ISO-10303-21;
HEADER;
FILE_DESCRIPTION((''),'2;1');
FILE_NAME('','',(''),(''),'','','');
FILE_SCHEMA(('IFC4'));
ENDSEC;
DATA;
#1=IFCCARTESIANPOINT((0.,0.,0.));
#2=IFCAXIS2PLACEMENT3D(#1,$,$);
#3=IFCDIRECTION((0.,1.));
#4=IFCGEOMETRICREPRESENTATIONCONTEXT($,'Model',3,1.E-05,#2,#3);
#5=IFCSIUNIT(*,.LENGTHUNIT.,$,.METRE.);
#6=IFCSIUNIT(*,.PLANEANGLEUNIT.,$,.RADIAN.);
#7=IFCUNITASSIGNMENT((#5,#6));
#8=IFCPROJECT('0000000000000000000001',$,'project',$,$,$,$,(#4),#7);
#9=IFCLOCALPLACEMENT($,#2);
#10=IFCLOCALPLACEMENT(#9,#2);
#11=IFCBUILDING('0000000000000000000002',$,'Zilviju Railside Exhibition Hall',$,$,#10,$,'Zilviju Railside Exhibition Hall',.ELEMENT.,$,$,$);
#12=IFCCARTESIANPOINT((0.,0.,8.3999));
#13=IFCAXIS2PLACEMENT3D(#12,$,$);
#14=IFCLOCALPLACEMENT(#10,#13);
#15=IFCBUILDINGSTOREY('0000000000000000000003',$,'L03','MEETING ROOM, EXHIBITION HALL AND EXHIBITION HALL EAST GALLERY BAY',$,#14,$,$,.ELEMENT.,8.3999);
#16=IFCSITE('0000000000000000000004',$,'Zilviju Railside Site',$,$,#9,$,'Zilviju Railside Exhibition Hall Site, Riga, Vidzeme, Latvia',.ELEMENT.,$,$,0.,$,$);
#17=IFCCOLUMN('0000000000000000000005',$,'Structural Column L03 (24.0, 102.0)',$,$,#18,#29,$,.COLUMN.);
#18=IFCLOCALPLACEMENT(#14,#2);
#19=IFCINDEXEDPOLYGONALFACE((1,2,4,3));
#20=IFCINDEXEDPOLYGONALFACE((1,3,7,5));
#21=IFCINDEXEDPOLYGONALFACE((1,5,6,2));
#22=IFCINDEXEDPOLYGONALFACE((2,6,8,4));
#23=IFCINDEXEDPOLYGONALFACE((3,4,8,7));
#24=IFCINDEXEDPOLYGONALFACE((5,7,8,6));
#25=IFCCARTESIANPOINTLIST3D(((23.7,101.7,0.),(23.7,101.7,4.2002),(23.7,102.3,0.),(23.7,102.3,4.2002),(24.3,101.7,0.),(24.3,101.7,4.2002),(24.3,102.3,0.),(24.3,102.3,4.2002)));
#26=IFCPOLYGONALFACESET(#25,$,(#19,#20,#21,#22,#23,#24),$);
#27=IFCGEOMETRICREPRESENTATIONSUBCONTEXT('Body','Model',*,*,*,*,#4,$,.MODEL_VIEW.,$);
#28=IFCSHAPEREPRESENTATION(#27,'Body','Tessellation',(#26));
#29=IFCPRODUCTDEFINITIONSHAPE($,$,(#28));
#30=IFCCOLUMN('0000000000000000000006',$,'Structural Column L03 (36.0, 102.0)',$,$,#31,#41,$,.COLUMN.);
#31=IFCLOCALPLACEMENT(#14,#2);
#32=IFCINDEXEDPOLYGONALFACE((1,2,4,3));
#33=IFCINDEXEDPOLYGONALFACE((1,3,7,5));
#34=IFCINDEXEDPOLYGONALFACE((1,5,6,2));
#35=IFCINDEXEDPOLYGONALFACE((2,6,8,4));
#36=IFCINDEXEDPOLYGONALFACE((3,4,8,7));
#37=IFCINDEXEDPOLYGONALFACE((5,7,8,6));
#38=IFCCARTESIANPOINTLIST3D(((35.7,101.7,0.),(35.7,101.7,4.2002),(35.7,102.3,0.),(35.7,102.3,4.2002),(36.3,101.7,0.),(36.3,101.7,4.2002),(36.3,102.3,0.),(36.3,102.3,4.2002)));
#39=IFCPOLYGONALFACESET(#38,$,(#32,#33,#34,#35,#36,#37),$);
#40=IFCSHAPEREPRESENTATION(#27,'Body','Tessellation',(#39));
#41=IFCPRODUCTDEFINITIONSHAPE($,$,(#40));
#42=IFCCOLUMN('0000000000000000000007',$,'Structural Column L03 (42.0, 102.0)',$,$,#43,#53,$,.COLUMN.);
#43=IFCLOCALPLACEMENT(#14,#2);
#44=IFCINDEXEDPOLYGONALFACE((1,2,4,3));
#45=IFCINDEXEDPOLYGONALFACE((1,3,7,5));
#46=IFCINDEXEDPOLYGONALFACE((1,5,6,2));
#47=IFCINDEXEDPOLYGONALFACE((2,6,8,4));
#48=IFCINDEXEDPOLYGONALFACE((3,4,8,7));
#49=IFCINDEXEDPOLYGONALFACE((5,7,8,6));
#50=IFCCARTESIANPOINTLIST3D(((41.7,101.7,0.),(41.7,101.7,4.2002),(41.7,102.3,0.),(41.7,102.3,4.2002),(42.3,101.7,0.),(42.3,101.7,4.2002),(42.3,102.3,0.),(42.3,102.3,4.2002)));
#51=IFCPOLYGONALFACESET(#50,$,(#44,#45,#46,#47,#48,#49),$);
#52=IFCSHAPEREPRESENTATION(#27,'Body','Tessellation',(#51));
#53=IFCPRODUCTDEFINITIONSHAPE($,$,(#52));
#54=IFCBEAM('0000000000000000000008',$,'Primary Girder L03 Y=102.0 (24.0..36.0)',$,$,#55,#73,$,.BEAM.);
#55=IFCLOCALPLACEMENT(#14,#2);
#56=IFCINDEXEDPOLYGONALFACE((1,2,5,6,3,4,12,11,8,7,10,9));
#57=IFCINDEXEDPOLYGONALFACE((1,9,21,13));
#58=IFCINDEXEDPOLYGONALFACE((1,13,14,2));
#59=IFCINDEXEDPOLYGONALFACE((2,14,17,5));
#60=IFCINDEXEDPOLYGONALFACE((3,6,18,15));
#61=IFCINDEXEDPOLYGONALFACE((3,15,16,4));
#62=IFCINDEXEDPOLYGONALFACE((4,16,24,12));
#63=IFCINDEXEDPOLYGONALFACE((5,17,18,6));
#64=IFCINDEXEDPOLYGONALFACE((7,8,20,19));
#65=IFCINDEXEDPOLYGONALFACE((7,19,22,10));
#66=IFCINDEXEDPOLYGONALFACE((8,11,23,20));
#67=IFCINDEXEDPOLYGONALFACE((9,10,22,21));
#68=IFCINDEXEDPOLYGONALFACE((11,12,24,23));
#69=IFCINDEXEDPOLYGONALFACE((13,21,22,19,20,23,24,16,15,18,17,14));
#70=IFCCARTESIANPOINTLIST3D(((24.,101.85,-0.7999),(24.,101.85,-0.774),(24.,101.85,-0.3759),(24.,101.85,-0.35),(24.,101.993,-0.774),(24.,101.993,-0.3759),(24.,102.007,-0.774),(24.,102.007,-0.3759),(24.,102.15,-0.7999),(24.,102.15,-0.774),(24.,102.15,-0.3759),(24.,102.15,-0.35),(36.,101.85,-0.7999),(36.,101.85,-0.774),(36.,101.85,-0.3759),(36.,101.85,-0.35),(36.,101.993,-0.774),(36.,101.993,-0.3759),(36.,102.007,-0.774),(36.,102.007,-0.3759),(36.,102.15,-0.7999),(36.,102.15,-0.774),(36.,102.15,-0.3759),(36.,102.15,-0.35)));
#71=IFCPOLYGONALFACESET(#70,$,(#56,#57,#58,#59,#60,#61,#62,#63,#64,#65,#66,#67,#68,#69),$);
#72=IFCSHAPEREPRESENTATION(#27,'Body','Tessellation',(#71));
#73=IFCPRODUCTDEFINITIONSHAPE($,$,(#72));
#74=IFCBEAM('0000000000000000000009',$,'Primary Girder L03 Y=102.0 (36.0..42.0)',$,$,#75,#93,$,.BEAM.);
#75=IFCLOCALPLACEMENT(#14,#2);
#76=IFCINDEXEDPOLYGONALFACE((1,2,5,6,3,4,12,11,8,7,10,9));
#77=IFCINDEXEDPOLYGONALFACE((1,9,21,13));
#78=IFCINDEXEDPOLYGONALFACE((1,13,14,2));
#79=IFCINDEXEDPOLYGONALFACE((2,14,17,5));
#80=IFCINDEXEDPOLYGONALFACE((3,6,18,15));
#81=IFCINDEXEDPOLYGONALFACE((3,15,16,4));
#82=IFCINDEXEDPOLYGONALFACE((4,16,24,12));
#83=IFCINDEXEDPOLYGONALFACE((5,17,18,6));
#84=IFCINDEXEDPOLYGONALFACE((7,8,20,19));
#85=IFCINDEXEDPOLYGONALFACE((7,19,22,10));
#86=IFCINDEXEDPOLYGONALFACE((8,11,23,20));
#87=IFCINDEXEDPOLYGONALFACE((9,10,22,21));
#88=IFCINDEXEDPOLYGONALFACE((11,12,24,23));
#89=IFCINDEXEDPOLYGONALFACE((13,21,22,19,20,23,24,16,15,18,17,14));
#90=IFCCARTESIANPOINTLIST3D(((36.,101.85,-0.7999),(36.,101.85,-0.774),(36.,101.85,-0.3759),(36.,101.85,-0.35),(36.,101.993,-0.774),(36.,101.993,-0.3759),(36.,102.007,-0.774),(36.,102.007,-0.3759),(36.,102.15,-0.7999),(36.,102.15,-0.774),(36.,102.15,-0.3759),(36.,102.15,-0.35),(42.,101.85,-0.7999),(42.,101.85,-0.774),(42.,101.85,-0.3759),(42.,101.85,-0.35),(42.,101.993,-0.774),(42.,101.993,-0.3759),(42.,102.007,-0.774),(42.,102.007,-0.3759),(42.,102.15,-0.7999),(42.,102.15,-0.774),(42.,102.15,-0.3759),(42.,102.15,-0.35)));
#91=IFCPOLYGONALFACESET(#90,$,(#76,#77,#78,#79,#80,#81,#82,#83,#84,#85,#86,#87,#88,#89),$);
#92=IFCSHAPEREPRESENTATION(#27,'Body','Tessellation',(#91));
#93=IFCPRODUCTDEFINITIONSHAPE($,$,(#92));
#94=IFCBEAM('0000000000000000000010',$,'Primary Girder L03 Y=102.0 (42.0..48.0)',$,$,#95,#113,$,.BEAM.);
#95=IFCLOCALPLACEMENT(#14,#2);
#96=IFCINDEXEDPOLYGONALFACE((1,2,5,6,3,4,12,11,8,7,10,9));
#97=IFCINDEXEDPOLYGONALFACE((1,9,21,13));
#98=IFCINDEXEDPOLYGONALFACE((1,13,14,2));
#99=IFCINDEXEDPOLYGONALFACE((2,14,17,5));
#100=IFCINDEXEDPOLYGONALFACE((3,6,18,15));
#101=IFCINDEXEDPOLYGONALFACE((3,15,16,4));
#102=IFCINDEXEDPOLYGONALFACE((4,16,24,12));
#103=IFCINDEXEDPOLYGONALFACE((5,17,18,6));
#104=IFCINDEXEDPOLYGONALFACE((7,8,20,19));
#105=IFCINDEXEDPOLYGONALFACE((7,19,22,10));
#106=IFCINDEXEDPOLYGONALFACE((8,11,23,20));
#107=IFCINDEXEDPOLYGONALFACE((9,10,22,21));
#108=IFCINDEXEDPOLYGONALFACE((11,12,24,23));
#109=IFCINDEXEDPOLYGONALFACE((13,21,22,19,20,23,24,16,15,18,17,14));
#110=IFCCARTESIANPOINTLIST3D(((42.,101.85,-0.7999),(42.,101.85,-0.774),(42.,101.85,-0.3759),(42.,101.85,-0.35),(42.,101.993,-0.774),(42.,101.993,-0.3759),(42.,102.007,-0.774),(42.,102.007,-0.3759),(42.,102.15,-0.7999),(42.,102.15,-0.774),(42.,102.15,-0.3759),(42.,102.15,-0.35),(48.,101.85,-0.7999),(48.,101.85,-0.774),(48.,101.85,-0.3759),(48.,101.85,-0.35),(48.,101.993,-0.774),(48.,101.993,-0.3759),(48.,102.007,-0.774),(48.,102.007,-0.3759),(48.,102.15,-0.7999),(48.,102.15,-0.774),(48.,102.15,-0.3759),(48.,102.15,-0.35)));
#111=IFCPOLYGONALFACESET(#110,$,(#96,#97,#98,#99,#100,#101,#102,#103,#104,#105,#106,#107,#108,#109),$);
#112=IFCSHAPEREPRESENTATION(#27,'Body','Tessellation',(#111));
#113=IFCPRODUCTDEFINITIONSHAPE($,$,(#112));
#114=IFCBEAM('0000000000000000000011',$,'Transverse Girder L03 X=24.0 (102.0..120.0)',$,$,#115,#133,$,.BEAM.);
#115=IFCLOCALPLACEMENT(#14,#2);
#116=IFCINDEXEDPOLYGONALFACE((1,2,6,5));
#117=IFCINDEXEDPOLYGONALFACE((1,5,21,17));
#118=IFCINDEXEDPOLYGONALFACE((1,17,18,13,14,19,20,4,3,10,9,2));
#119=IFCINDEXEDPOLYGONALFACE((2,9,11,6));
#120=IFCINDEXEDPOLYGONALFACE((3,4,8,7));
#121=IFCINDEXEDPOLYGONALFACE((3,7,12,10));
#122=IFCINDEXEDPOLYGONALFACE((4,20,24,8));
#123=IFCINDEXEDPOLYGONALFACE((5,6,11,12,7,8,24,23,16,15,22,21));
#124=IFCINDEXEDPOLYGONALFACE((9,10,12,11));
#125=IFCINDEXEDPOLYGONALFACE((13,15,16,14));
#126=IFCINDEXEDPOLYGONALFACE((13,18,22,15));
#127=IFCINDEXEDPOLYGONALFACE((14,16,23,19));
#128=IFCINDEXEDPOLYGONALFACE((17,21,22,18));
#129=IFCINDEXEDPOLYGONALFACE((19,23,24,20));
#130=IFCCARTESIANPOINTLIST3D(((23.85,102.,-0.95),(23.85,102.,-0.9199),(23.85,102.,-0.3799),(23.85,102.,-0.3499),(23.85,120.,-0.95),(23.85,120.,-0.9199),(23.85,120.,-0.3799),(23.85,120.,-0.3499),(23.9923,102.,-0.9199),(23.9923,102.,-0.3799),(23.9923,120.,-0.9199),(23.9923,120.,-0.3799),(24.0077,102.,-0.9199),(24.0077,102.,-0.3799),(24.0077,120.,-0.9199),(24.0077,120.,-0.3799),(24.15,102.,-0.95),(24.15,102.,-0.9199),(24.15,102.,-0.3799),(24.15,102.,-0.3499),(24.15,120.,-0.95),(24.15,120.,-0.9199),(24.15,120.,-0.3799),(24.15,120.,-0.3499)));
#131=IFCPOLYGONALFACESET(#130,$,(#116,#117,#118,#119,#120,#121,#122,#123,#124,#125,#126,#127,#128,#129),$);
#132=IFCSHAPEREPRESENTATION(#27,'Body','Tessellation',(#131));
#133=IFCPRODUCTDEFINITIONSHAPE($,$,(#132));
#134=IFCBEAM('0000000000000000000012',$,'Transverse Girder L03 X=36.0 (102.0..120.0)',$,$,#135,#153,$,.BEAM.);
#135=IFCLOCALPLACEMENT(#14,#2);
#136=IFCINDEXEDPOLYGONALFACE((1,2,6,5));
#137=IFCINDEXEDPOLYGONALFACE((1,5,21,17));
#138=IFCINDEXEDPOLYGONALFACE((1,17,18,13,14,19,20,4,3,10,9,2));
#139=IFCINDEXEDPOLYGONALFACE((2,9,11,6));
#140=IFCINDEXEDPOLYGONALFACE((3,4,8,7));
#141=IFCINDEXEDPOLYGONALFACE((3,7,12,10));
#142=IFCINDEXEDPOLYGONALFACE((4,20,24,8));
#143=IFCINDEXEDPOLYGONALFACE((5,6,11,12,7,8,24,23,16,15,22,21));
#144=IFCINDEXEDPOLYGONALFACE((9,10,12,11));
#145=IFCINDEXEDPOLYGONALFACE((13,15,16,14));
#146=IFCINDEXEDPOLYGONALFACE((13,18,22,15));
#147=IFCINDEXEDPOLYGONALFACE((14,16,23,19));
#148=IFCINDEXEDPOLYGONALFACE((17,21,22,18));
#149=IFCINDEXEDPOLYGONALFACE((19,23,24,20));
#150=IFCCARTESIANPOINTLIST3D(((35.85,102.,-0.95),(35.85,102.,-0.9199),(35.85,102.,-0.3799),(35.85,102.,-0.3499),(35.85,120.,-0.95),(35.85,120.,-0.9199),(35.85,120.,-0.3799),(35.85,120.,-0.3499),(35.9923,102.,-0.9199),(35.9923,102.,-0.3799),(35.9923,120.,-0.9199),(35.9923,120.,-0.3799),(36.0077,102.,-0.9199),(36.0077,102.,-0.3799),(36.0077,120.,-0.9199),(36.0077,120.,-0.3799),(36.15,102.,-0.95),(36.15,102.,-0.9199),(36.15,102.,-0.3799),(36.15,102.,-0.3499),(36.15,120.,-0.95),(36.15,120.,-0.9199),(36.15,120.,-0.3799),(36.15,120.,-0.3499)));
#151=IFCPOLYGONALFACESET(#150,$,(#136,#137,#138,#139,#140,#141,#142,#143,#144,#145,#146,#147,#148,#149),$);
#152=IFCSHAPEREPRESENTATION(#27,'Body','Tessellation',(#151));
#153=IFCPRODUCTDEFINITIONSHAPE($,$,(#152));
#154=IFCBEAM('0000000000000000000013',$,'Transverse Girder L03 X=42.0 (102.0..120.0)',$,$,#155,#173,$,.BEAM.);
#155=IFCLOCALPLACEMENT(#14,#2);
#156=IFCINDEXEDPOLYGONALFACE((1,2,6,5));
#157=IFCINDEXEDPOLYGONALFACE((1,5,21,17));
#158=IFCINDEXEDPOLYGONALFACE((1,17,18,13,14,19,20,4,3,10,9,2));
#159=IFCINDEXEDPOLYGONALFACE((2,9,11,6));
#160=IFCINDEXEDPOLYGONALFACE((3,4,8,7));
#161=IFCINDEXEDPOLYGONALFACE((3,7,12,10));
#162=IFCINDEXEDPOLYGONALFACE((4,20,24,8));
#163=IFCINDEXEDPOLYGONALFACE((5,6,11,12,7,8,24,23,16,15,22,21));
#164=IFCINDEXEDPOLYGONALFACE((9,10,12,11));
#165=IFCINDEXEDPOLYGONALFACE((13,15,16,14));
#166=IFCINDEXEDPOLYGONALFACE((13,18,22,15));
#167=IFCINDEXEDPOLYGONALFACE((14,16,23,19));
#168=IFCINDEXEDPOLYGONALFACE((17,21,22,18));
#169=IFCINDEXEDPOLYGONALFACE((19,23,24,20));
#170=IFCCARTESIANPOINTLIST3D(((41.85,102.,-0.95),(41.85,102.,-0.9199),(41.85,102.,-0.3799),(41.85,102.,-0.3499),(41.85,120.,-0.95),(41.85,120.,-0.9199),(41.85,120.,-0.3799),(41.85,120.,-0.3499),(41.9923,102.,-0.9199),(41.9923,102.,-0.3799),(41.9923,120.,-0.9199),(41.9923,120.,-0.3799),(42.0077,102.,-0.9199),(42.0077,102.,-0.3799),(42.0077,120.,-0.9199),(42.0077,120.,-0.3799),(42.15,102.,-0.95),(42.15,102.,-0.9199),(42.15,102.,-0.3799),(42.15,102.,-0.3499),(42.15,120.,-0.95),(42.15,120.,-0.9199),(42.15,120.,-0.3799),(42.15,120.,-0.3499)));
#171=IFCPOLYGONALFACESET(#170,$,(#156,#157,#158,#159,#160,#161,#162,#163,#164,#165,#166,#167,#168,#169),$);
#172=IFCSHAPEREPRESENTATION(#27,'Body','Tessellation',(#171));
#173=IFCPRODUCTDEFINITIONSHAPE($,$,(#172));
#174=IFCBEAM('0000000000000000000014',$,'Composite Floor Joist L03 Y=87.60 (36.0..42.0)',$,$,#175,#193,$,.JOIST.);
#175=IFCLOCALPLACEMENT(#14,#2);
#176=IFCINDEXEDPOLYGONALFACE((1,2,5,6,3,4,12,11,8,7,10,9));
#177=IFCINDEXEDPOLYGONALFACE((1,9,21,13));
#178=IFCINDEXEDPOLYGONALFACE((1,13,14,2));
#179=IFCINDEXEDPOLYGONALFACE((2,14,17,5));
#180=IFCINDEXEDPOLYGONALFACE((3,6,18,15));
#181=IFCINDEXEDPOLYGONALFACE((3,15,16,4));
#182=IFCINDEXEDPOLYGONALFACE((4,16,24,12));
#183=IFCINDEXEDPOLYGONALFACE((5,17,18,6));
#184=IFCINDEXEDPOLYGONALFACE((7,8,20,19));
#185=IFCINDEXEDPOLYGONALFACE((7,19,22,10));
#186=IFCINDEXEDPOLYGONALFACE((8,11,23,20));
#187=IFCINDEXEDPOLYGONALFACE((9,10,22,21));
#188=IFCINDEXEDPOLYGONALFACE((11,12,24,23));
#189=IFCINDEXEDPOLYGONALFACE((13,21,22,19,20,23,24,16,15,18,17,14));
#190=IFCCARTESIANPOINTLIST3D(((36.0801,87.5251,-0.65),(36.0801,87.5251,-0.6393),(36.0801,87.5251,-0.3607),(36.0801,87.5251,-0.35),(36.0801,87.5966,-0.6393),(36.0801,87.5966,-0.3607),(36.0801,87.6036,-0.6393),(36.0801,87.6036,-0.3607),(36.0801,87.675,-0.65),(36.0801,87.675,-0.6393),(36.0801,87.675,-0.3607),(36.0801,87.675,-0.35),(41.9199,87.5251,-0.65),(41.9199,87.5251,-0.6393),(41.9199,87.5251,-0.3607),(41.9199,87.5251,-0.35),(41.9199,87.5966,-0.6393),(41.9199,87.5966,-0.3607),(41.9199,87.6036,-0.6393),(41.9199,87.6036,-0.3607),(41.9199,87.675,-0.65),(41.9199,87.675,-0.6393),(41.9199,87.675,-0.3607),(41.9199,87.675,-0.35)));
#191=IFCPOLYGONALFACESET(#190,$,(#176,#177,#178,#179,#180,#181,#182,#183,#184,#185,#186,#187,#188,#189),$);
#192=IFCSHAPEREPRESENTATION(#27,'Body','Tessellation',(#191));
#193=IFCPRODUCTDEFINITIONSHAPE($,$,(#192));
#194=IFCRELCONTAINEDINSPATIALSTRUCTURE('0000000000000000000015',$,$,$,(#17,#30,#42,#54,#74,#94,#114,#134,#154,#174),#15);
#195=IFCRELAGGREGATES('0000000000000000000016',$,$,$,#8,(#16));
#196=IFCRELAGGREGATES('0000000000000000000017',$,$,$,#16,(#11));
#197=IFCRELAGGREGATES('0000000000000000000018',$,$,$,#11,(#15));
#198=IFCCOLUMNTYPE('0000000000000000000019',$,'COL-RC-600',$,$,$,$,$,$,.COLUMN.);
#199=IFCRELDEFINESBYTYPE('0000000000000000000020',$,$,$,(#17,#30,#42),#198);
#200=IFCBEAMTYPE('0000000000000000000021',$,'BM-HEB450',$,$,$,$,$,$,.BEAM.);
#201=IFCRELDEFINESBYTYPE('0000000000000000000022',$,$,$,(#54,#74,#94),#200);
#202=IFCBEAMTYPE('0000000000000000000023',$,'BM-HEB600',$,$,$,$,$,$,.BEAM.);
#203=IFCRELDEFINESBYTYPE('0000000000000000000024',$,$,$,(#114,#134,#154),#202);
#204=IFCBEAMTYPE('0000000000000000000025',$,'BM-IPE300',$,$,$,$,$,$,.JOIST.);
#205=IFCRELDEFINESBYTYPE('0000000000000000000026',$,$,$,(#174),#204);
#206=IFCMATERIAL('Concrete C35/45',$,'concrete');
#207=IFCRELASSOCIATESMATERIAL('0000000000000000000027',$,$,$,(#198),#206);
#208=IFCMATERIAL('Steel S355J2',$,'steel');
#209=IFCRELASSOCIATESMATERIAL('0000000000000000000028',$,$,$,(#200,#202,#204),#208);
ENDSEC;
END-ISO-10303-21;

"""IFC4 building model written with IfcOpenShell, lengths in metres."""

from ifc_helpers import new_model, si_unit, direction, frame, origin, origin_2d, place, context, subcontext, project, spatial, rectangle, i_section, extrude, material, material_profile, profile_set, type_object, element, save


model = new_model("IFC4")

# Units and contexts
model_context = context("Model", 3, precision=1e-05, world=origin(), true_north=direction((0.0, 1.0)))
body_context = subcontext(model_context, "Body", "Model", "MODEL_VIEW")
ifc_project = project(units=[si_unit("LENGTHUNIT", "METRE"), si_unit("PLANEANGLEUNIT", "RADIAN")], contexts=[model_context])

# Site, building, storey
site_placement = place(None, origin())
site = spatial("IfcSite", under=ifc_project, at=site_placement, Name="Zilviju Railside Site", LongName="Zilviju Railside Exhibition Hall Site, Riga, Vidzeme, Latvia", CompositionType="ELEMENT", RefElevation=0.0)
building_placement = place(site_placement, origin())
building = spatial("IfcBuilding", under=site, at=building_placement, Name="Zilviju Railside Exhibition Hall", LongName="Zilviju Railside Exhibition Hall", CompositionType="ELEMENT")
storey_placement = place(building_placement, frame((0.0, 0.0, 8.3999)))
storey = spatial("IfcBuildingStorey", under=building, at=storey_placement, Name="L03", Description="MEETING ROOM, EXHIBITION HALL AND EXHIBITION HALL EAST GALLERY BAY", CompositionType="ELEMENT", Elevation=8.3999)

# Columns
ifc_material_1 = material(Name="Concrete C35/45", Category="concrete")
ifc_material_profile_1 = material_profile(ifc_material_1, rectangle(XDim=0.6001, YDim=0.6001, at=origin_2d()), Name="RC COL 600x600")
ifc_profile_set_1 = profile_set([ifc_material_profile_1], Name="Concrete C35/45")
column_type = type_object("IfcColumnType", Name="COL-RC-600", PredefinedType="COLUMN", material=ifc_profile_set_1)
for number, where, z_axis, x_axis, name in (
    (1, (24.0, 102.0, 0.0), (0.0, 0.0, 1.0), (1.0, 0.0, 0.0), "Structural Column L03 (24.0, 102.0)"),
    (2, (36.0, 102.0, 0.0), (0.0, 0.0, 1.0), (1.0, 0.0, 0.0), "Structural Column L03 (36.0, 102.0)"),
    (3, (42.0, 102.0, 0.0), (0.0, 0.0, 1.0), (1.0, 0.0, 0.0), "Structural Column L03 (42.0, 102.0)"),
):
    element("IfcColumn", number, at=place(storey_placement, frame(where, z_axis=z_axis, x_axis=x_axis)), inside=storey, type_object=column_type, Name=name, PredefinedType="COLUMN", context=body_context, shape_type="SweptSolid", body=[
        extrude(rectangle(XDim=0.6001, YDim=0.6001, at=origin_2d()), origin(), (0.0, 0.0, 1.0), 4.2002),
    ])

# Beams
ifc_material_2 = material(Name="Steel S355J2", Category="steel")
ifc_material_profile_2 = material_profile(ifc_material_2, i_section(OverallWidth=0.3, OverallDepth=0.45, WebThickness=0.0139, FlangeThickness=0.0259, at=origin_2d()), Name="HEB 450")
ifc_profile_set_2 = profile_set([ifc_material_profile_2], Name="Steel S355J2")
beam_type_1 = type_object("IfcBeamType", Name="BM-HEB450", PredefinedType="BEAM", material=ifc_profile_set_2)
beam_placement = place(storey_placement, frame((24.0, 102.0, -0.575), z_axis=(1.0, 0.0, 0.0), x_axis=(0.0, 1.0, 0.0)))
element("IfcBeam", 4, at=beam_placement, inside=storey, type_object=beam_type_1, Name="Primary Girder L03 Y=102.0 (24.0..36.0)", PredefinedType="BEAM", context=body_context, shape_type="SweptSolid", body=[
    extrude(i_section(OverallWidth=0.3, OverallDepth=0.45, WebThickness=0.0139, FlangeThickness=0.0259, at=origin_2d()), origin(), (0.0, 0.0, 1.0), 12.0),
])
for number, where, z_axis, x_axis, name in (
    (5, (36.0, 102.0, -0.575), (1.0, 0.0, 0.0), (0.0, 1.0, 0.0), "Primary Girder L03 Y=102.0 (36.0..42.0)"),
    (6, (42.0, 102.0, -0.575), (1.0, 0.0, 0.0), (0.0, 1.0, 0.0), "Primary Girder L03 Y=102.0 (42.0..48.0)"),
):
    element("IfcBeam", number, at=place(storey_placement, frame(where, z_axis=z_axis, x_axis=x_axis)), inside=storey, type_object=beam_type_1, Name=name, PredefinedType="BEAM", context=body_context, shape_type="SweptSolid", body=[
        extrude(i_section(OverallWidth=0.3, OverallDepth=0.45, WebThickness=0.0139, FlangeThickness=0.0259, at=origin_2d()), origin(), (0.0, 0.0, 1.0), 6.0),
    ])
ifc_material_profile_3 = material_profile(ifc_material_2, i_section(OverallWidth=0.3, OverallDepth=0.6001, WebThickness=0.0154, FlangeThickness=0.03, at=origin_2d()), Name="HEB 600")
ifc_profile_set_3 = profile_set([ifc_material_profile_3], Name="Steel S355J2")
beam_type_2 = type_object("IfcBeamType", Name="BM-HEB600", PredefinedType="BEAM", material=ifc_profile_set_3)
for number, where, z_axis, x_axis, name in (
    (7, (24.0, 102.0, -0.6499), (0.0, 1.0, 0.0), (-1.0, 0.0, 0.0), "Transverse Girder L03 X=24.0 (102.0..120.0)"),
    (8, (36.0, 102.0, -0.6499), (0.0, 1.0, 0.0), (-1.0, 0.0, 0.0), "Transverse Girder L03 X=36.0 (102.0..120.0)"),
    (9, (42.0, 102.0, -0.6499), (0.0, 1.0, 0.0), (-1.0, 0.0, 0.0), "Transverse Girder L03 X=42.0 (102.0..120.0)"),
):
    element("IfcBeam", number, at=place(storey_placement, frame(where, z_axis=z_axis, x_axis=x_axis)), inside=storey, type_object=beam_type_2, Name=name, PredefinedType="BEAM", context=body_context, shape_type="SweptSolid", body=[
        extrude(i_section(OverallWidth=0.3, OverallDepth=0.6001, WebThickness=0.0154, FlangeThickness=0.03, at=origin_2d()), origin(), (0.0, 0.0, 1.0), 18.0),
    ])
ifc_material_profile_4 = material_profile(ifc_material_2, i_section(OverallWidth=0.1499, OverallDepth=0.3, WebThickness=0.0071, FlangeThickness=0.0107, at=origin_2d()), Name="IPE 300")
ifc_profile_set_4 = profile_set([ifc_material_profile_4], Name="Steel S355J2")
beam_type_3 = type_object("IfcBeamType", Name="BM-IPE300", PredefinedType="JOIST", material=ifc_profile_set_4)
for number, where, z_axis, x_axis, name in (
    (10, (36.0801, 87.6001, -0.5), (1.0, 0.0, 0.0), (0.0, 1.0, 0.0), "Composite Floor Joist L03 Y=87.60 (36.0..42.0)"),
):
    element("IfcBeam", number, at=place(storey_placement, frame(where, z_axis=z_axis, x_axis=x_axis)), inside=storey, type_object=beam_type_3, Name=name, PredefinedType="JOIST", context=body_context, shape_type="SweptSolid", body=[
        extrude(i_section(OverallWidth=0.1499, OverallDepth=0.3, WebThickness=0.0071, FlangeThickness=0.0107, at=origin_2d()), origin(), (0.0, 0.0, 1.0), 5.8398),
    ])

save(model, "model.ifc")
